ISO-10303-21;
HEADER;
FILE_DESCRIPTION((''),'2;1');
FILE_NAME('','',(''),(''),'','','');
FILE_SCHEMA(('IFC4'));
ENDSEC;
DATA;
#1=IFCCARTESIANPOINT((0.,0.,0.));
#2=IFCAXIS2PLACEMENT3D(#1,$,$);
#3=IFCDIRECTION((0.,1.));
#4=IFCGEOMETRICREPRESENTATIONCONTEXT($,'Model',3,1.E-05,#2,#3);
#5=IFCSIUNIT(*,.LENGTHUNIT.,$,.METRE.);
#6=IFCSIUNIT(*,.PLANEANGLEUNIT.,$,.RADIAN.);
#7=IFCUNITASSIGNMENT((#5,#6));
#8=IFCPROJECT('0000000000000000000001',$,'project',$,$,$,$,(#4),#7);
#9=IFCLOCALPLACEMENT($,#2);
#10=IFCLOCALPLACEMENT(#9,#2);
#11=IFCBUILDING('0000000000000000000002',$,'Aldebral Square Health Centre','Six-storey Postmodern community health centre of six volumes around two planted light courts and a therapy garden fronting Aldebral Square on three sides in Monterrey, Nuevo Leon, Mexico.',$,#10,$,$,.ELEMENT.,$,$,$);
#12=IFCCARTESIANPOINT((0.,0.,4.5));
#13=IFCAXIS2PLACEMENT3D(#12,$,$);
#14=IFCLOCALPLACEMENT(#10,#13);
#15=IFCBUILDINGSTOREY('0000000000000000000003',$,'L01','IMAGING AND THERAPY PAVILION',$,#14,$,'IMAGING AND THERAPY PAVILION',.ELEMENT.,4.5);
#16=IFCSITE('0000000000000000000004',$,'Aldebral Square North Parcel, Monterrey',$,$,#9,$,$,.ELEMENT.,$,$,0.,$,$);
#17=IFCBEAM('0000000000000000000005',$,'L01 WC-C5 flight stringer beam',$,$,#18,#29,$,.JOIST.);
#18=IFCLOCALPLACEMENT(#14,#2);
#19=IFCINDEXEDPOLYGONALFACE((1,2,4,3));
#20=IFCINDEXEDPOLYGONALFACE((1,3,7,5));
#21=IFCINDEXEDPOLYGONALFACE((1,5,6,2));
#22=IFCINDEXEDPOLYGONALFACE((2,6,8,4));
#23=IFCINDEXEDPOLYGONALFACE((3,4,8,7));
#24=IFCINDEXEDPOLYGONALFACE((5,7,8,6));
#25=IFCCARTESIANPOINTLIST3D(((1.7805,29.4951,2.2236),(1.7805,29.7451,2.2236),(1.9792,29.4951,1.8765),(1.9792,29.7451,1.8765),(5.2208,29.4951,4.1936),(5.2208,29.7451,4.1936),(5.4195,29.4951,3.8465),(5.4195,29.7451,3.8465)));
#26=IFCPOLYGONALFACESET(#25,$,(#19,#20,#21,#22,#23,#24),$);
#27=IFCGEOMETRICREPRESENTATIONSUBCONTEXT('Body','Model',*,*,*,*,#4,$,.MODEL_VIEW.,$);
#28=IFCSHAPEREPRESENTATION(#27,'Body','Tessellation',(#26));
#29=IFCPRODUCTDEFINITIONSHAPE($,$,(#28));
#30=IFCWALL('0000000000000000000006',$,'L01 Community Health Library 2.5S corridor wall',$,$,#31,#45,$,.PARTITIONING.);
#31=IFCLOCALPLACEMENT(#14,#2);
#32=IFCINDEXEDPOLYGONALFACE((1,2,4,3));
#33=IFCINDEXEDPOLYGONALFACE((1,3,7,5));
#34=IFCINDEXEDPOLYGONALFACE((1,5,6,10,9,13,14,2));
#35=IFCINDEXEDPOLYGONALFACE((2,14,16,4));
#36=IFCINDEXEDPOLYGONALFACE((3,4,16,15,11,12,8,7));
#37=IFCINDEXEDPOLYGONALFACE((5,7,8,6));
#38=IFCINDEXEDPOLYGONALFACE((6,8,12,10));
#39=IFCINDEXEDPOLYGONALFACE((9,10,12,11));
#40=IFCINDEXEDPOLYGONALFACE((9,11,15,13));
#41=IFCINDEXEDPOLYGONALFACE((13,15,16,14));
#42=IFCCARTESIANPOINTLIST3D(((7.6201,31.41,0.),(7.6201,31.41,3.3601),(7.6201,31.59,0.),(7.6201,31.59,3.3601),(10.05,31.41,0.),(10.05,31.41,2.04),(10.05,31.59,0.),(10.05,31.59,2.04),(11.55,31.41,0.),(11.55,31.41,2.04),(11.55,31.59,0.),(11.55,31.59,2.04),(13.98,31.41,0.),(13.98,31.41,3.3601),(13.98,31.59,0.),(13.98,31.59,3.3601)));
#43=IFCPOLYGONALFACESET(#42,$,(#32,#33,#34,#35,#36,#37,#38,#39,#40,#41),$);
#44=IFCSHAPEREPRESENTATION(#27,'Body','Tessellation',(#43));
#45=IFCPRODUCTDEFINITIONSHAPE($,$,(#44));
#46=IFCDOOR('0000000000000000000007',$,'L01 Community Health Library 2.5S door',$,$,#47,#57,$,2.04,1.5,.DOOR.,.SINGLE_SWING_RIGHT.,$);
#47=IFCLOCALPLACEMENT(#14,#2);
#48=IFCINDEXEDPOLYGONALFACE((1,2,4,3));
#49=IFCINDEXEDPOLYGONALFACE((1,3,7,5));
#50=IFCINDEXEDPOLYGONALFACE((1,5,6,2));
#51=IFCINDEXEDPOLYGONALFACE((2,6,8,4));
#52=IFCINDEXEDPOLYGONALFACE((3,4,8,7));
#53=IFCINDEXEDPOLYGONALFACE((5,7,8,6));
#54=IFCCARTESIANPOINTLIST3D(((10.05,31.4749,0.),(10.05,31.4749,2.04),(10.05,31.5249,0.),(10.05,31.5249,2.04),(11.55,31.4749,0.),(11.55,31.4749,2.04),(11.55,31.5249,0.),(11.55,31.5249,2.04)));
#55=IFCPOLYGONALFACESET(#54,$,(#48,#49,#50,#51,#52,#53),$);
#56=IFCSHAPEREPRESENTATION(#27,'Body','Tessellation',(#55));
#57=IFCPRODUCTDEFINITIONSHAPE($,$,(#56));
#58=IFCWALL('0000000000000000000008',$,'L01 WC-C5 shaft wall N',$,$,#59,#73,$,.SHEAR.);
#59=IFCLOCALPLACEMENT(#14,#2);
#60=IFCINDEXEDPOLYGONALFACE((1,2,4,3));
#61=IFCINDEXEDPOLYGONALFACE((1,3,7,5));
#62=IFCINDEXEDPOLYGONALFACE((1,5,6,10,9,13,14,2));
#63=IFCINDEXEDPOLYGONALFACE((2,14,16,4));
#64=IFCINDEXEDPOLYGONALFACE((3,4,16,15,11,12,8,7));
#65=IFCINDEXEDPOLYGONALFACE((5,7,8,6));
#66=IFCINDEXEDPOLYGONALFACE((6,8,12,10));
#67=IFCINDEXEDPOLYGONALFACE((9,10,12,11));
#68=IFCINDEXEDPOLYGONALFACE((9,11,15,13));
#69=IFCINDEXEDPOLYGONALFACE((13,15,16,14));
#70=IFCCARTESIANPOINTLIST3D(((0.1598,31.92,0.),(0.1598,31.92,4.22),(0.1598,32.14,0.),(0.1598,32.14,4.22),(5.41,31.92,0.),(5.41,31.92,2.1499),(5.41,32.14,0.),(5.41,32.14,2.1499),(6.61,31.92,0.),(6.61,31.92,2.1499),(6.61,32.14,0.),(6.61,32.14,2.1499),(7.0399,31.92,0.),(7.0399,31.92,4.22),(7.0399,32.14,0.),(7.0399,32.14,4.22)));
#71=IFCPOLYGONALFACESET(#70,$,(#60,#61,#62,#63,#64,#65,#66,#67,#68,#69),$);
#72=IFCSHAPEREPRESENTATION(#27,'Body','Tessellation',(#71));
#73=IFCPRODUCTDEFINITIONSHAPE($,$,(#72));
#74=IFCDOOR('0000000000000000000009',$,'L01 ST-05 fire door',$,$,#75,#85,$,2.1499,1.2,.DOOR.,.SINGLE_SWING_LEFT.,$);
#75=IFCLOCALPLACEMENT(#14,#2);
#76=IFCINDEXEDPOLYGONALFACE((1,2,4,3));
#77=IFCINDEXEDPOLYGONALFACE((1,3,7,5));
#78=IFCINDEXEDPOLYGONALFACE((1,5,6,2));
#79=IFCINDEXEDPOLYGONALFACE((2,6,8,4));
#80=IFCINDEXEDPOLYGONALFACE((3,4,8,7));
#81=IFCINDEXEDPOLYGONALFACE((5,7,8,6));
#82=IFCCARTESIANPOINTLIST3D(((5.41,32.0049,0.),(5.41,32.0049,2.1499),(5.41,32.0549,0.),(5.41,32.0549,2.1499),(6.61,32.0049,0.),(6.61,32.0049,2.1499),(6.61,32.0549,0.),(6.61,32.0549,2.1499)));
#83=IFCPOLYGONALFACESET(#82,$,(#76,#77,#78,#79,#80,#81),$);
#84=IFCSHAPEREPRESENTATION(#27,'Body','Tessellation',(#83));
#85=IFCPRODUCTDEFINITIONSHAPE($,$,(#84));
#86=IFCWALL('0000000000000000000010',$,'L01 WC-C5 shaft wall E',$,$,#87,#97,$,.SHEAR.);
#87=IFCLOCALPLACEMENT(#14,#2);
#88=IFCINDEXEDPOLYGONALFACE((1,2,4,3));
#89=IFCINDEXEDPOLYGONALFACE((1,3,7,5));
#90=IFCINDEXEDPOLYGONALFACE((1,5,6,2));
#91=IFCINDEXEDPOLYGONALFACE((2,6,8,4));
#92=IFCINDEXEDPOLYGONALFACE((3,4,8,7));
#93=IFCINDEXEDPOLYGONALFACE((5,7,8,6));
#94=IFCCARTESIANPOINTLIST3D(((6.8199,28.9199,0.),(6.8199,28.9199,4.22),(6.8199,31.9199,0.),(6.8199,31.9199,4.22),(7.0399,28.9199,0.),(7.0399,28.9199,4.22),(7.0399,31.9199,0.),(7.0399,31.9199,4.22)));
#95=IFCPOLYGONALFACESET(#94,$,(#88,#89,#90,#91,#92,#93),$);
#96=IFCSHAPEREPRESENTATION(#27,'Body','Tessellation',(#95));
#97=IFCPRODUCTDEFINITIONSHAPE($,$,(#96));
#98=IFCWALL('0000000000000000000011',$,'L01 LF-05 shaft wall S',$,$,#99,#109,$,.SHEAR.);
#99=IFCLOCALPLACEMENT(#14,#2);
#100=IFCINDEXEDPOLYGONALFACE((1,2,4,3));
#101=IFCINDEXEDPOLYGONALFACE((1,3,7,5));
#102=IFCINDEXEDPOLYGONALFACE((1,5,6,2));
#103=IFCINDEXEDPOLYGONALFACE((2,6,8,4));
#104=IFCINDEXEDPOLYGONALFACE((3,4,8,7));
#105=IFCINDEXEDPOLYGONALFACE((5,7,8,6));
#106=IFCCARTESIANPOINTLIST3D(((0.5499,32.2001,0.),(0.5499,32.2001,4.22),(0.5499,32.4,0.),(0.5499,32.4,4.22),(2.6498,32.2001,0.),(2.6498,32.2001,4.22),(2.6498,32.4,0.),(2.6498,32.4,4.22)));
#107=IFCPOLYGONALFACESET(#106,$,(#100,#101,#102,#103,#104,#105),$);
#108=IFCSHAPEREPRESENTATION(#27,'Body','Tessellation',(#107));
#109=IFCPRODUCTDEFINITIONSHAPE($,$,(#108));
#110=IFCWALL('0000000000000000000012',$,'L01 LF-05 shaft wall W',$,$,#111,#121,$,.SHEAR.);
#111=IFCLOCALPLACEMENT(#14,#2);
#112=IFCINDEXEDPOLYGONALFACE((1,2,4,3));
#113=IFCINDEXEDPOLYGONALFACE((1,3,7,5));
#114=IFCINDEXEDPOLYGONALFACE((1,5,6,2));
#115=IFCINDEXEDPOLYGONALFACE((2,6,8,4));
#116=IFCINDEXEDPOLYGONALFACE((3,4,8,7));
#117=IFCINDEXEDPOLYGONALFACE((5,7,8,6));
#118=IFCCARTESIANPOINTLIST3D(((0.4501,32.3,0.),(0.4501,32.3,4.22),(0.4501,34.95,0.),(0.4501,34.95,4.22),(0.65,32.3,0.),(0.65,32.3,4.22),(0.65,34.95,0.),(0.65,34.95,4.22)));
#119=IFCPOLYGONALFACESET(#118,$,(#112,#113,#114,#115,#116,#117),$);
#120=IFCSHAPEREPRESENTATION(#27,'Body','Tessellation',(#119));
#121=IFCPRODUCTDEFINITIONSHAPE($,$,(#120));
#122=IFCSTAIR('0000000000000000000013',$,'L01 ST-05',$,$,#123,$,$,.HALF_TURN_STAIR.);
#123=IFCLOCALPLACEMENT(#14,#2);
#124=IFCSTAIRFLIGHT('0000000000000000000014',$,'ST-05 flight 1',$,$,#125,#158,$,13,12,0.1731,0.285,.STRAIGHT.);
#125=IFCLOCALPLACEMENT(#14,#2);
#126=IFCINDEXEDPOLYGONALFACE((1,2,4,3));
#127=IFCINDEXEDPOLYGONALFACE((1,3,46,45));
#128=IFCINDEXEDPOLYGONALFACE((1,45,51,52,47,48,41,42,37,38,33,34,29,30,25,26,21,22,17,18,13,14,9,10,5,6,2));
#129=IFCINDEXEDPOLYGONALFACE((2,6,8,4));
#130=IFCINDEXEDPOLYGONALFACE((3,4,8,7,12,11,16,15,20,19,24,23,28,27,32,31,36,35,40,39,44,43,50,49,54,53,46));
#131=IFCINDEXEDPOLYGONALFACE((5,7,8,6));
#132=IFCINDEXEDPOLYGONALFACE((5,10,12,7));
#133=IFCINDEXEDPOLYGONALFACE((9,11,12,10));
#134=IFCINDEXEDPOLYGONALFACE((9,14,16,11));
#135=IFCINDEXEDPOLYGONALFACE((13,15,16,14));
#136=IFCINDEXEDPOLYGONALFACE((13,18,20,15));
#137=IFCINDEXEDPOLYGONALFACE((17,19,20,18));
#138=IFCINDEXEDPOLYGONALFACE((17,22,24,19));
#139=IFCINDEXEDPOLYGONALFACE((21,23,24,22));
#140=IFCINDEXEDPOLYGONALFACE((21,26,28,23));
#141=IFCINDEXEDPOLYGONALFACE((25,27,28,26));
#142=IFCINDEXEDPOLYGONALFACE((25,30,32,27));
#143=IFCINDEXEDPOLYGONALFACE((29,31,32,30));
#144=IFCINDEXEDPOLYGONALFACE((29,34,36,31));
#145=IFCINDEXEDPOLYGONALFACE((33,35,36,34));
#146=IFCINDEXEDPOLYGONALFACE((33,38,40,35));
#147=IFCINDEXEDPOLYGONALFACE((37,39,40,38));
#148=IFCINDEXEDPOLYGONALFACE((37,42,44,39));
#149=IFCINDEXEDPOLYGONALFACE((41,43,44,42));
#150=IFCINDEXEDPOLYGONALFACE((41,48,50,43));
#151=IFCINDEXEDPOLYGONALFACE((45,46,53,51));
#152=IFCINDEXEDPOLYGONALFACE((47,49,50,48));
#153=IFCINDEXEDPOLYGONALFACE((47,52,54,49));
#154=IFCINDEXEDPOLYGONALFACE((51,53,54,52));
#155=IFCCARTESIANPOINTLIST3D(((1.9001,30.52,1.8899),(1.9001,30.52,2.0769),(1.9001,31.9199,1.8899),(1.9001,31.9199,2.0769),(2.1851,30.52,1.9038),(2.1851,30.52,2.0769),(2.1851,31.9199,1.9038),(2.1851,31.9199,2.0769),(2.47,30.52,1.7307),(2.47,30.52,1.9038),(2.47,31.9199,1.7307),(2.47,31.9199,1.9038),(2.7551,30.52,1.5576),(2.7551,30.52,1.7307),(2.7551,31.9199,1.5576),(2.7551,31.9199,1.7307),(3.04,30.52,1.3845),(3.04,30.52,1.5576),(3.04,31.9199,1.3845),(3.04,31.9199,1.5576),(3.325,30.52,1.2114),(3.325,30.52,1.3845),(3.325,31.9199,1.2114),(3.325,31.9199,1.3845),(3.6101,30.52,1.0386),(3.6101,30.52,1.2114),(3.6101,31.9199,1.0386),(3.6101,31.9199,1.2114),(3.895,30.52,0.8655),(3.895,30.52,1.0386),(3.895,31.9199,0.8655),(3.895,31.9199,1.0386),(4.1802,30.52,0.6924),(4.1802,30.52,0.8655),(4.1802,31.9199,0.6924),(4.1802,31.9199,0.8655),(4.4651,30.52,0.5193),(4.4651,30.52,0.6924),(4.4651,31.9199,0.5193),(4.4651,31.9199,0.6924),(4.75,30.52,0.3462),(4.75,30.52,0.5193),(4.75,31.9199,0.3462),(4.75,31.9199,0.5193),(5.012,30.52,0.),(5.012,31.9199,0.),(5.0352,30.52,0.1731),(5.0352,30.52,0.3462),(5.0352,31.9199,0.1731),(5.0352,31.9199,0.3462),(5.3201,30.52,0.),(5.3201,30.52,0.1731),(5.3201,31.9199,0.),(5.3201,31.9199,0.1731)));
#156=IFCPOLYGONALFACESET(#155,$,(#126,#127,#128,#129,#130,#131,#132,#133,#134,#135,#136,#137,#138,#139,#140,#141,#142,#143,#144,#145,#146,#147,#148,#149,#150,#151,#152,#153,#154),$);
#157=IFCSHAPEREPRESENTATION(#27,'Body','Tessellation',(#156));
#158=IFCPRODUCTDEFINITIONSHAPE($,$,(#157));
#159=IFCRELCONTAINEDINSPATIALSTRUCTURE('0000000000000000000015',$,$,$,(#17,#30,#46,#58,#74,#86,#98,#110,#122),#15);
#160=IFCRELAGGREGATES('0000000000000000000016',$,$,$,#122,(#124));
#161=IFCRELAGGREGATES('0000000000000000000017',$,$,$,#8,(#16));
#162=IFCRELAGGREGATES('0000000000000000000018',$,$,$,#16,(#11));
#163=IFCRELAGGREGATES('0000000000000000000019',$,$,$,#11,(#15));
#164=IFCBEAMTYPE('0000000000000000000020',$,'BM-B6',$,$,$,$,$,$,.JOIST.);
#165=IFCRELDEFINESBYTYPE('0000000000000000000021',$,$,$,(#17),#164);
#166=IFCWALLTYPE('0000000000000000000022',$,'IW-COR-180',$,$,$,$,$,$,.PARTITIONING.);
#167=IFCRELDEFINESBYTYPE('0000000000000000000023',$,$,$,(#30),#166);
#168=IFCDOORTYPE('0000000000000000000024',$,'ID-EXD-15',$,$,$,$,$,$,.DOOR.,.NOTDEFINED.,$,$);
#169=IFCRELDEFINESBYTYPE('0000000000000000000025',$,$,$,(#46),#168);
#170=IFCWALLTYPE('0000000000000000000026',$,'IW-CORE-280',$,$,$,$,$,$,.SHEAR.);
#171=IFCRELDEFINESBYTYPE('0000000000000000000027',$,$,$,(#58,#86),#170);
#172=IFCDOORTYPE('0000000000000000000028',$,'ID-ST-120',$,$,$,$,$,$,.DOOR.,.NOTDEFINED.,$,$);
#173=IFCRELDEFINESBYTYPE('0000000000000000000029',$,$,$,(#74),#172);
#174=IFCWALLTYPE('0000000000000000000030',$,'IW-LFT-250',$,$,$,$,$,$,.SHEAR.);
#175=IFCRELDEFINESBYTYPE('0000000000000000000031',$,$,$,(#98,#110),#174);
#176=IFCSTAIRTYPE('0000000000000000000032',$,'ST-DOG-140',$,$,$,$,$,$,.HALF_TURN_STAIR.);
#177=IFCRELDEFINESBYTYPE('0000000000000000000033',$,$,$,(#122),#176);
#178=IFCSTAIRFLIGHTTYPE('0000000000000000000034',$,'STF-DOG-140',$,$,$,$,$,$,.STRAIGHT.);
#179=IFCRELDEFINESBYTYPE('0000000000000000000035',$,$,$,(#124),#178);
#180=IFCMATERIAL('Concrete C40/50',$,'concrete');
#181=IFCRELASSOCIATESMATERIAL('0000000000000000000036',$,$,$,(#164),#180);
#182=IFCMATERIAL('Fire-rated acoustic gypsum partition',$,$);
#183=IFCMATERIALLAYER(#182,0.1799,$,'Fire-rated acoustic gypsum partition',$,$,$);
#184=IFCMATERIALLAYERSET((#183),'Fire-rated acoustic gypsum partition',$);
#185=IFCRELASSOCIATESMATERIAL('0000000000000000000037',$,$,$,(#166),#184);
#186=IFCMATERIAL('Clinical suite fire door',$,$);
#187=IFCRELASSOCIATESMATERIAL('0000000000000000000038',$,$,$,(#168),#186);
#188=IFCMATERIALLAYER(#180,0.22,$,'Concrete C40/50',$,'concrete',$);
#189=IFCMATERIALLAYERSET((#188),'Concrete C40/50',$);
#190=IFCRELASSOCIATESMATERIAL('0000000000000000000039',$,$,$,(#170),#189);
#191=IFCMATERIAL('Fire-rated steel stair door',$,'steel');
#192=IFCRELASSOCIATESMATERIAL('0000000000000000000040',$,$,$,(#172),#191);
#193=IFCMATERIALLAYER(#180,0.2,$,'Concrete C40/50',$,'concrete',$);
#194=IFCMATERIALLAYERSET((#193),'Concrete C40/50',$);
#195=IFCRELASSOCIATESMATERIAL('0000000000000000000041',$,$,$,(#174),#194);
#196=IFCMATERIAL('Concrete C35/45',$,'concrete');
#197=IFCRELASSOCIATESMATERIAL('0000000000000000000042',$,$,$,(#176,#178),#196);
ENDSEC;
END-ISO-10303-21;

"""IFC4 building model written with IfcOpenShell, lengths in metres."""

from ifc_helpers import new_model, si_unit, direction, frame, frame_2d, origin, origin_2d, place, context, subcontext, project, spatial, polyline, rectangle, outline, extrude, material, layer, layer_set, material_profile, profile_set, type_object, element, fill, aggregate, save


model = new_model("IFC4")

# Units and contexts
model_context = context("Model", 3, precision=1e-05, world=origin(), true_north=direction((0.0, 1.0)))
body_context = subcontext(model_context, "Body", "Model", "MODEL_VIEW")
ifc_project = project(units=[si_unit("LENGTHUNIT", "METRE"), si_unit("PLANEANGLEUNIT", "RADIAN")], contexts=[model_context])

# Site, building, storey
site_placement = place(None, origin())
site = spatial("IfcSite", under=ifc_project, at=site_placement, Name="Aldebral Square North Parcel, Monterrey", CompositionType="ELEMENT", RefElevation=0.0)
building_placement = place(site_placement, origin())
building = spatial("IfcBuilding", under=site, at=building_placement, Name="Aldebral Square Health Centre", Description="Six-storey Postmodern community health centre of six volumes around two planted light courts and a therapy garden fronting Aldebral Square on three sides in Monterrey, Nuevo Leon, Mexico.", CompositionType="ELEMENT")
storey_placement = place(building_placement, frame((0.0, 0.0, 4.5)))
storey = spatial("IfcBuildingStorey", under=building, at=storey_placement, Name="L01", Description="IMAGING AND THERAPY PAVILION", LongName="IMAGING AND THERAPY PAVILION", CompositionType="ELEMENT", Elevation=4.5)

# Beam
ifc_material_1 = material(Name="Concrete C40/50", Category="concrete")
ifc_material_profile = material_profile(ifc_material_1, rectangle(XDim=0.25, YDim=0.3999, at=origin_2d()), Name="RC 250x400")
ifc_profile_set = profile_set([ifc_material_profile], Name="Concrete C40/50")
beam_type = type_object("IfcBeamType", Name="BM-B6", PredefinedType="JOIST", material=ifc_profile_set)
beam_placement = place(storey_placement, frame((1.8799, 29.6201, 2.05), z_axis=(0.867792, 0.0, 0.496928), x_axis=(0.0, 1.0, 0.0)))
element("IfcBeam", 1, at=beam_placement, inside=storey, type_object=beam_type, Name="L01 WC-C5 flight stringer beam", PredefinedType="JOIST", context=body_context, shape_type="SweptSolid", body=[
    extrude(rectangle(XDim=0.25, YDim=0.3999, at=origin_2d()), origin(), (0.0, 0.0, 1.0), 3.9644),
])

# Walls, openings, doors
ifc_material_2 = material(Name="Fire-rated acoustic gypsum partition")
ifc_layer_1 = layer(ifc_material_2, 0.1799, Name="Fire-rated acoustic gypsum partition")
ifc_layer_set_1 = layer_set([ifc_layer_1], Name="Fire-rated acoustic gypsum partition")
wall_type_1 = type_object("IfcWallType", Name="IW-COR-180", PredefinedType="PARTITIONING", material=ifc_layer_set_1)
wall_1_placement = place(storey_placement, frame((7.6201, 31.5, 0.0), z_axis=(0.0, 0.0, 1.0), x_axis=(1.0, 0.0, 0.0)))
wall_1 = element("IfcWall", 2, at=wall_1_placement, inside=storey, type_object=wall_type_1, Name="L01 Community Health Library 2.5S corridor wall", PredefinedType="PARTITIONING", context=body_context, shape_type="SweptSolid", body=[
    extrude(rectangle(XDim=6.3599, YDim=0.1799, at=frame_2d((3.1799, 0.0))), origin(), (0.0, 0.0, 1.0), 3.3601),
])
opening_1_placement = place(wall_1_placement, frame((2.4299, 0.0, 0.0)))
opening_1 = element("IfcOpeningElement", 3, at=opening_1_placement, cuts=wall_1, PredefinedType="OPENING", context=body_context, shape_type="SweptSolid", body=[
    extrude(rectangle(XDim=1.5, YDim=2.04, at=frame_2d((0.75, 1.02))), frame((0.0, 0.1001, 0.0), z_axis=(0.0, -1.0, 0.0), x_axis=(1.0, 0.0, 0.0)), (0.0, 0.0, 1.0), 0.2),
])
ifc_material_3 = material(Name="Clinical suite fire door")
door_type_1 = type_object("IfcDoorType", Name="ID-EXD-15", OperationType="NOTDEFINED", PredefinedType="DOOR", material=ifc_material_3)
door_1_placement = place(opening_1_placement, origin())
door_1 = element("IfcDoor", 4, at=door_1_placement, inside=storey, type_object=door_type_1, Name="L01 Community Health Library 2.5S door", OperationType="SINGLE_SWING_RIGHT", OverallHeight=2.04, OverallWidth=1.5, PredefinedType="DOOR", context=body_context, shape_type="SweptSolid", body=[
    extrude(rectangle(XDim=1.5, YDim=2.04, at=frame_2d((0.75, 1.02))), frame((0.0, 0.0249, 0.0), z_axis=(0.0, -1.0, 0.0), x_axis=(1.0, 0.0, 0.0)), (0.0, 0.0, 1.0), 0.05),
])
fill(opening_1, door_1)
ifc_layer_2 = layer(ifc_material_1, 0.22, Name="Concrete C40/50", Category="concrete")
ifc_layer_set_2 = layer_set([ifc_layer_2], Name="Concrete C40/50")
wall_type_2 = type_object("IfcWallType", Name="IW-CORE-280", PredefinedType="SHEAR", material=ifc_layer_set_2)
wall_2_placement = place(storey_placement, frame((0.1599, 32.03, 0.0), z_axis=(0.0, 0.0, 1.0), x_axis=(1.0, 0.0, 0.0)))
wall_2 = element("IfcWall", 5, at=wall_2_placement, inside=storey, type_object=wall_type_2, Name="L01 WC-C5 shaft wall N", PredefinedType="SHEAR", context=body_context, shape_type="SweptSolid", body=[
    extrude(rectangle(XDim=6.8801, YDim=0.22, at=frame_2d((3.4399, 0.0))), origin(), (0.0, 0.0, 1.0), 4.22),
])
opening_2_placement = place(wall_2_placement, frame((5.25, 0.0, 0.0)))
opening_2 = element("IfcOpeningElement", 6, at=opening_2_placement, cuts=wall_2, PredefinedType="OPENING", context=body_context, shape_type="SweptSolid", body=[
    extrude(rectangle(XDim=1.2, YDim=2.1499, at=frame_2d((0.6001, 1.075))), frame((0.0, 0.1201, 0.0), z_axis=(0.0, -1.0, 0.0), x_axis=(1.0, 0.0, 0.0)), (0.0, 0.0, 1.0), 0.24),
])
ifc_material_4 = material(Name="Fire-rated steel stair door", Category="steel")
door_type_2 = type_object("IfcDoorType", Name="ID-ST-120", OperationType="NOTDEFINED", PredefinedType="DOOR", material=ifc_material_4)
door_2_placement = place(opening_2_placement, origin())
door_2 = element("IfcDoor", 7, at=door_2_placement, inside=storey, type_object=door_type_2, Name="L01 ST-05 fire door", OperationType="SINGLE_SWING_LEFT", OverallHeight=2.1499, OverallWidth=1.2, PredefinedType="DOOR", context=body_context, shape_type="SweptSolid", body=[
    extrude(rectangle(XDim=1.2, YDim=2.1499, at=frame_2d((0.6001, 1.075))), frame((0.0, 0.0249, 0.0), z_axis=(0.0, -1.0, 0.0), x_axis=(1.0, 0.0, 0.0)), (0.0, 0.0, 1.0), 0.05),
])
fill(opening_2, door_2)

# Walls
wall_3_placement = place(storey_placement, frame((6.9299, 28.9199, 0.0), z_axis=(0.0, 0.0, 1.0), x_axis=(0.0, 1.0, 0.0)))
element("IfcWall", 8, at=wall_3_placement, inside=storey, type_object=wall_type_2, Name="L01 WC-C5 shaft wall E", PredefinedType="SHEAR", context=body_context, shape_type="SweptSolid", body=[
    extrude(rectangle(XDim=3.0, YDim=0.22, at=frame_2d((1.5, 0.0))), origin(), (0.0, 0.0, 1.0), 4.22),
])
ifc_layer_3 = layer(ifc_material_1, 0.2, Name="Concrete C40/50", Category="concrete")
ifc_layer_set_3 = layer_set([ifc_layer_3], Name="Concrete C40/50")
wall_type_3 = type_object("IfcWallType", Name="IW-LFT-250", PredefinedType="SHEAR", material=ifc_layer_set_3)
wall_4_placement = place(storey_placement, frame((0.55, 32.3, 0.0), z_axis=(0.0, 0.0, 1.0), x_axis=(1.0, 0.0, 0.0)))
element("IfcWall", 9, at=wall_4_placement, inside=storey, type_object=wall_type_3, Name="L01 LF-05 shaft wall S", PredefinedType="SHEAR", context=body_context, shape_type="SweptSolid", body=[
    extrude(rectangle(XDim=2.0999, YDim=0.2, at=frame_2d((1.0498, 0.0))), origin(), (0.0, 0.0, 1.0), 4.22),
])
wall_5_placement = place(storey_placement, frame((0.55, 32.3, 0.0), z_axis=(0.0, 0.0, 1.0), x_axis=(0.0, 1.0, 0.0)))
element("IfcWall", 10, at=wall_5_placement, inside=storey, type_object=wall_type_3, Name="L01 LF-05 shaft wall W", PredefinedType="SHEAR", context=body_context, shape_type="SweptSolid", body=[
    extrude(rectangle(XDim=2.6499, YDim=0.2, at=frame_2d((1.325, 0.0))), origin(), (0.0, 0.0, 1.0), 4.22),
])

# Stair, stair flight
ifc_material_5 = material(Name="Concrete C35/45", Category="concrete")
stair_type = type_object("IfcStairType", Name="ST-DOG-140", PredefinedType="HALF_TURN_STAIR", material=ifc_material_5)
stair_placement = place(storey_placement, origin())
stair = element("IfcStair", 11, at=stair_placement, inside=storey, type_object=stair_type, Name="L01 ST-05", PredefinedType="HALF_TURN_STAIR")
stair_flight_type = type_object("IfcStairFlightType", Name="STF-DOG-140", PredefinedType="STRAIGHT", material=ifc_material_5)
stair_flight_1_placement = place(storey_placement, frame((5.3201, 31.22, 0.0), z_axis=(0.0, 0.0, 1.0), x_axis=(-1.0, 0.0, 0.0)))
stair_flight_1 = element("IfcStairFlight", 12, at=stair_flight_1_placement, type_object=stair_flight_type, Name="ST-05 flight 1", NumberOfRisers=13, NumberOfTreads=12, PredefinedType="STRAIGHT", RiserHeight=0.1731, TreadLength=0.285, context=body_context, shape_type="SweptSolid", body=[
    extrude(outline(polyline([(0.0, 0.0), (0.0, 0.1731), (0.2849, 0.1731), (0.2849, 0.3462), (0.5701, 0.3462), (0.5701, 0.5193), (0.855, 0.5193), (0.855, 0.6924), (1.1399, 0.6924), (1.1399, 0.8655), (1.425, 0.8655), (1.425, 1.0386), (1.71, 1.0386), (1.71, 1.2114), (1.9951, 1.2114), (1.9951, 1.3845), (2.28, 1.3845), (2.28, 1.5576), (2.5649, 1.5576), (2.5649, 1.7307), (2.8501, 1.7307), (2.8501, 1.9038), (3.135, 1.9038), (3.135, 2.0769), (3.4199, 2.0769), (3.4199, 2.25), (3.4199, 1.8899), (0.3081, 0.0), (0.0, 0.0)])), frame((0.0, 0.7, 0.0), z_axis=(0.0, -1.0, 0.0), x_axis=(1.0, 0.0, 0.0)), (0.0, 0.0, 1.0), 1.3999),
])
aggregate(stair, [stair_flight_1])

save(model, "model.ifc")
